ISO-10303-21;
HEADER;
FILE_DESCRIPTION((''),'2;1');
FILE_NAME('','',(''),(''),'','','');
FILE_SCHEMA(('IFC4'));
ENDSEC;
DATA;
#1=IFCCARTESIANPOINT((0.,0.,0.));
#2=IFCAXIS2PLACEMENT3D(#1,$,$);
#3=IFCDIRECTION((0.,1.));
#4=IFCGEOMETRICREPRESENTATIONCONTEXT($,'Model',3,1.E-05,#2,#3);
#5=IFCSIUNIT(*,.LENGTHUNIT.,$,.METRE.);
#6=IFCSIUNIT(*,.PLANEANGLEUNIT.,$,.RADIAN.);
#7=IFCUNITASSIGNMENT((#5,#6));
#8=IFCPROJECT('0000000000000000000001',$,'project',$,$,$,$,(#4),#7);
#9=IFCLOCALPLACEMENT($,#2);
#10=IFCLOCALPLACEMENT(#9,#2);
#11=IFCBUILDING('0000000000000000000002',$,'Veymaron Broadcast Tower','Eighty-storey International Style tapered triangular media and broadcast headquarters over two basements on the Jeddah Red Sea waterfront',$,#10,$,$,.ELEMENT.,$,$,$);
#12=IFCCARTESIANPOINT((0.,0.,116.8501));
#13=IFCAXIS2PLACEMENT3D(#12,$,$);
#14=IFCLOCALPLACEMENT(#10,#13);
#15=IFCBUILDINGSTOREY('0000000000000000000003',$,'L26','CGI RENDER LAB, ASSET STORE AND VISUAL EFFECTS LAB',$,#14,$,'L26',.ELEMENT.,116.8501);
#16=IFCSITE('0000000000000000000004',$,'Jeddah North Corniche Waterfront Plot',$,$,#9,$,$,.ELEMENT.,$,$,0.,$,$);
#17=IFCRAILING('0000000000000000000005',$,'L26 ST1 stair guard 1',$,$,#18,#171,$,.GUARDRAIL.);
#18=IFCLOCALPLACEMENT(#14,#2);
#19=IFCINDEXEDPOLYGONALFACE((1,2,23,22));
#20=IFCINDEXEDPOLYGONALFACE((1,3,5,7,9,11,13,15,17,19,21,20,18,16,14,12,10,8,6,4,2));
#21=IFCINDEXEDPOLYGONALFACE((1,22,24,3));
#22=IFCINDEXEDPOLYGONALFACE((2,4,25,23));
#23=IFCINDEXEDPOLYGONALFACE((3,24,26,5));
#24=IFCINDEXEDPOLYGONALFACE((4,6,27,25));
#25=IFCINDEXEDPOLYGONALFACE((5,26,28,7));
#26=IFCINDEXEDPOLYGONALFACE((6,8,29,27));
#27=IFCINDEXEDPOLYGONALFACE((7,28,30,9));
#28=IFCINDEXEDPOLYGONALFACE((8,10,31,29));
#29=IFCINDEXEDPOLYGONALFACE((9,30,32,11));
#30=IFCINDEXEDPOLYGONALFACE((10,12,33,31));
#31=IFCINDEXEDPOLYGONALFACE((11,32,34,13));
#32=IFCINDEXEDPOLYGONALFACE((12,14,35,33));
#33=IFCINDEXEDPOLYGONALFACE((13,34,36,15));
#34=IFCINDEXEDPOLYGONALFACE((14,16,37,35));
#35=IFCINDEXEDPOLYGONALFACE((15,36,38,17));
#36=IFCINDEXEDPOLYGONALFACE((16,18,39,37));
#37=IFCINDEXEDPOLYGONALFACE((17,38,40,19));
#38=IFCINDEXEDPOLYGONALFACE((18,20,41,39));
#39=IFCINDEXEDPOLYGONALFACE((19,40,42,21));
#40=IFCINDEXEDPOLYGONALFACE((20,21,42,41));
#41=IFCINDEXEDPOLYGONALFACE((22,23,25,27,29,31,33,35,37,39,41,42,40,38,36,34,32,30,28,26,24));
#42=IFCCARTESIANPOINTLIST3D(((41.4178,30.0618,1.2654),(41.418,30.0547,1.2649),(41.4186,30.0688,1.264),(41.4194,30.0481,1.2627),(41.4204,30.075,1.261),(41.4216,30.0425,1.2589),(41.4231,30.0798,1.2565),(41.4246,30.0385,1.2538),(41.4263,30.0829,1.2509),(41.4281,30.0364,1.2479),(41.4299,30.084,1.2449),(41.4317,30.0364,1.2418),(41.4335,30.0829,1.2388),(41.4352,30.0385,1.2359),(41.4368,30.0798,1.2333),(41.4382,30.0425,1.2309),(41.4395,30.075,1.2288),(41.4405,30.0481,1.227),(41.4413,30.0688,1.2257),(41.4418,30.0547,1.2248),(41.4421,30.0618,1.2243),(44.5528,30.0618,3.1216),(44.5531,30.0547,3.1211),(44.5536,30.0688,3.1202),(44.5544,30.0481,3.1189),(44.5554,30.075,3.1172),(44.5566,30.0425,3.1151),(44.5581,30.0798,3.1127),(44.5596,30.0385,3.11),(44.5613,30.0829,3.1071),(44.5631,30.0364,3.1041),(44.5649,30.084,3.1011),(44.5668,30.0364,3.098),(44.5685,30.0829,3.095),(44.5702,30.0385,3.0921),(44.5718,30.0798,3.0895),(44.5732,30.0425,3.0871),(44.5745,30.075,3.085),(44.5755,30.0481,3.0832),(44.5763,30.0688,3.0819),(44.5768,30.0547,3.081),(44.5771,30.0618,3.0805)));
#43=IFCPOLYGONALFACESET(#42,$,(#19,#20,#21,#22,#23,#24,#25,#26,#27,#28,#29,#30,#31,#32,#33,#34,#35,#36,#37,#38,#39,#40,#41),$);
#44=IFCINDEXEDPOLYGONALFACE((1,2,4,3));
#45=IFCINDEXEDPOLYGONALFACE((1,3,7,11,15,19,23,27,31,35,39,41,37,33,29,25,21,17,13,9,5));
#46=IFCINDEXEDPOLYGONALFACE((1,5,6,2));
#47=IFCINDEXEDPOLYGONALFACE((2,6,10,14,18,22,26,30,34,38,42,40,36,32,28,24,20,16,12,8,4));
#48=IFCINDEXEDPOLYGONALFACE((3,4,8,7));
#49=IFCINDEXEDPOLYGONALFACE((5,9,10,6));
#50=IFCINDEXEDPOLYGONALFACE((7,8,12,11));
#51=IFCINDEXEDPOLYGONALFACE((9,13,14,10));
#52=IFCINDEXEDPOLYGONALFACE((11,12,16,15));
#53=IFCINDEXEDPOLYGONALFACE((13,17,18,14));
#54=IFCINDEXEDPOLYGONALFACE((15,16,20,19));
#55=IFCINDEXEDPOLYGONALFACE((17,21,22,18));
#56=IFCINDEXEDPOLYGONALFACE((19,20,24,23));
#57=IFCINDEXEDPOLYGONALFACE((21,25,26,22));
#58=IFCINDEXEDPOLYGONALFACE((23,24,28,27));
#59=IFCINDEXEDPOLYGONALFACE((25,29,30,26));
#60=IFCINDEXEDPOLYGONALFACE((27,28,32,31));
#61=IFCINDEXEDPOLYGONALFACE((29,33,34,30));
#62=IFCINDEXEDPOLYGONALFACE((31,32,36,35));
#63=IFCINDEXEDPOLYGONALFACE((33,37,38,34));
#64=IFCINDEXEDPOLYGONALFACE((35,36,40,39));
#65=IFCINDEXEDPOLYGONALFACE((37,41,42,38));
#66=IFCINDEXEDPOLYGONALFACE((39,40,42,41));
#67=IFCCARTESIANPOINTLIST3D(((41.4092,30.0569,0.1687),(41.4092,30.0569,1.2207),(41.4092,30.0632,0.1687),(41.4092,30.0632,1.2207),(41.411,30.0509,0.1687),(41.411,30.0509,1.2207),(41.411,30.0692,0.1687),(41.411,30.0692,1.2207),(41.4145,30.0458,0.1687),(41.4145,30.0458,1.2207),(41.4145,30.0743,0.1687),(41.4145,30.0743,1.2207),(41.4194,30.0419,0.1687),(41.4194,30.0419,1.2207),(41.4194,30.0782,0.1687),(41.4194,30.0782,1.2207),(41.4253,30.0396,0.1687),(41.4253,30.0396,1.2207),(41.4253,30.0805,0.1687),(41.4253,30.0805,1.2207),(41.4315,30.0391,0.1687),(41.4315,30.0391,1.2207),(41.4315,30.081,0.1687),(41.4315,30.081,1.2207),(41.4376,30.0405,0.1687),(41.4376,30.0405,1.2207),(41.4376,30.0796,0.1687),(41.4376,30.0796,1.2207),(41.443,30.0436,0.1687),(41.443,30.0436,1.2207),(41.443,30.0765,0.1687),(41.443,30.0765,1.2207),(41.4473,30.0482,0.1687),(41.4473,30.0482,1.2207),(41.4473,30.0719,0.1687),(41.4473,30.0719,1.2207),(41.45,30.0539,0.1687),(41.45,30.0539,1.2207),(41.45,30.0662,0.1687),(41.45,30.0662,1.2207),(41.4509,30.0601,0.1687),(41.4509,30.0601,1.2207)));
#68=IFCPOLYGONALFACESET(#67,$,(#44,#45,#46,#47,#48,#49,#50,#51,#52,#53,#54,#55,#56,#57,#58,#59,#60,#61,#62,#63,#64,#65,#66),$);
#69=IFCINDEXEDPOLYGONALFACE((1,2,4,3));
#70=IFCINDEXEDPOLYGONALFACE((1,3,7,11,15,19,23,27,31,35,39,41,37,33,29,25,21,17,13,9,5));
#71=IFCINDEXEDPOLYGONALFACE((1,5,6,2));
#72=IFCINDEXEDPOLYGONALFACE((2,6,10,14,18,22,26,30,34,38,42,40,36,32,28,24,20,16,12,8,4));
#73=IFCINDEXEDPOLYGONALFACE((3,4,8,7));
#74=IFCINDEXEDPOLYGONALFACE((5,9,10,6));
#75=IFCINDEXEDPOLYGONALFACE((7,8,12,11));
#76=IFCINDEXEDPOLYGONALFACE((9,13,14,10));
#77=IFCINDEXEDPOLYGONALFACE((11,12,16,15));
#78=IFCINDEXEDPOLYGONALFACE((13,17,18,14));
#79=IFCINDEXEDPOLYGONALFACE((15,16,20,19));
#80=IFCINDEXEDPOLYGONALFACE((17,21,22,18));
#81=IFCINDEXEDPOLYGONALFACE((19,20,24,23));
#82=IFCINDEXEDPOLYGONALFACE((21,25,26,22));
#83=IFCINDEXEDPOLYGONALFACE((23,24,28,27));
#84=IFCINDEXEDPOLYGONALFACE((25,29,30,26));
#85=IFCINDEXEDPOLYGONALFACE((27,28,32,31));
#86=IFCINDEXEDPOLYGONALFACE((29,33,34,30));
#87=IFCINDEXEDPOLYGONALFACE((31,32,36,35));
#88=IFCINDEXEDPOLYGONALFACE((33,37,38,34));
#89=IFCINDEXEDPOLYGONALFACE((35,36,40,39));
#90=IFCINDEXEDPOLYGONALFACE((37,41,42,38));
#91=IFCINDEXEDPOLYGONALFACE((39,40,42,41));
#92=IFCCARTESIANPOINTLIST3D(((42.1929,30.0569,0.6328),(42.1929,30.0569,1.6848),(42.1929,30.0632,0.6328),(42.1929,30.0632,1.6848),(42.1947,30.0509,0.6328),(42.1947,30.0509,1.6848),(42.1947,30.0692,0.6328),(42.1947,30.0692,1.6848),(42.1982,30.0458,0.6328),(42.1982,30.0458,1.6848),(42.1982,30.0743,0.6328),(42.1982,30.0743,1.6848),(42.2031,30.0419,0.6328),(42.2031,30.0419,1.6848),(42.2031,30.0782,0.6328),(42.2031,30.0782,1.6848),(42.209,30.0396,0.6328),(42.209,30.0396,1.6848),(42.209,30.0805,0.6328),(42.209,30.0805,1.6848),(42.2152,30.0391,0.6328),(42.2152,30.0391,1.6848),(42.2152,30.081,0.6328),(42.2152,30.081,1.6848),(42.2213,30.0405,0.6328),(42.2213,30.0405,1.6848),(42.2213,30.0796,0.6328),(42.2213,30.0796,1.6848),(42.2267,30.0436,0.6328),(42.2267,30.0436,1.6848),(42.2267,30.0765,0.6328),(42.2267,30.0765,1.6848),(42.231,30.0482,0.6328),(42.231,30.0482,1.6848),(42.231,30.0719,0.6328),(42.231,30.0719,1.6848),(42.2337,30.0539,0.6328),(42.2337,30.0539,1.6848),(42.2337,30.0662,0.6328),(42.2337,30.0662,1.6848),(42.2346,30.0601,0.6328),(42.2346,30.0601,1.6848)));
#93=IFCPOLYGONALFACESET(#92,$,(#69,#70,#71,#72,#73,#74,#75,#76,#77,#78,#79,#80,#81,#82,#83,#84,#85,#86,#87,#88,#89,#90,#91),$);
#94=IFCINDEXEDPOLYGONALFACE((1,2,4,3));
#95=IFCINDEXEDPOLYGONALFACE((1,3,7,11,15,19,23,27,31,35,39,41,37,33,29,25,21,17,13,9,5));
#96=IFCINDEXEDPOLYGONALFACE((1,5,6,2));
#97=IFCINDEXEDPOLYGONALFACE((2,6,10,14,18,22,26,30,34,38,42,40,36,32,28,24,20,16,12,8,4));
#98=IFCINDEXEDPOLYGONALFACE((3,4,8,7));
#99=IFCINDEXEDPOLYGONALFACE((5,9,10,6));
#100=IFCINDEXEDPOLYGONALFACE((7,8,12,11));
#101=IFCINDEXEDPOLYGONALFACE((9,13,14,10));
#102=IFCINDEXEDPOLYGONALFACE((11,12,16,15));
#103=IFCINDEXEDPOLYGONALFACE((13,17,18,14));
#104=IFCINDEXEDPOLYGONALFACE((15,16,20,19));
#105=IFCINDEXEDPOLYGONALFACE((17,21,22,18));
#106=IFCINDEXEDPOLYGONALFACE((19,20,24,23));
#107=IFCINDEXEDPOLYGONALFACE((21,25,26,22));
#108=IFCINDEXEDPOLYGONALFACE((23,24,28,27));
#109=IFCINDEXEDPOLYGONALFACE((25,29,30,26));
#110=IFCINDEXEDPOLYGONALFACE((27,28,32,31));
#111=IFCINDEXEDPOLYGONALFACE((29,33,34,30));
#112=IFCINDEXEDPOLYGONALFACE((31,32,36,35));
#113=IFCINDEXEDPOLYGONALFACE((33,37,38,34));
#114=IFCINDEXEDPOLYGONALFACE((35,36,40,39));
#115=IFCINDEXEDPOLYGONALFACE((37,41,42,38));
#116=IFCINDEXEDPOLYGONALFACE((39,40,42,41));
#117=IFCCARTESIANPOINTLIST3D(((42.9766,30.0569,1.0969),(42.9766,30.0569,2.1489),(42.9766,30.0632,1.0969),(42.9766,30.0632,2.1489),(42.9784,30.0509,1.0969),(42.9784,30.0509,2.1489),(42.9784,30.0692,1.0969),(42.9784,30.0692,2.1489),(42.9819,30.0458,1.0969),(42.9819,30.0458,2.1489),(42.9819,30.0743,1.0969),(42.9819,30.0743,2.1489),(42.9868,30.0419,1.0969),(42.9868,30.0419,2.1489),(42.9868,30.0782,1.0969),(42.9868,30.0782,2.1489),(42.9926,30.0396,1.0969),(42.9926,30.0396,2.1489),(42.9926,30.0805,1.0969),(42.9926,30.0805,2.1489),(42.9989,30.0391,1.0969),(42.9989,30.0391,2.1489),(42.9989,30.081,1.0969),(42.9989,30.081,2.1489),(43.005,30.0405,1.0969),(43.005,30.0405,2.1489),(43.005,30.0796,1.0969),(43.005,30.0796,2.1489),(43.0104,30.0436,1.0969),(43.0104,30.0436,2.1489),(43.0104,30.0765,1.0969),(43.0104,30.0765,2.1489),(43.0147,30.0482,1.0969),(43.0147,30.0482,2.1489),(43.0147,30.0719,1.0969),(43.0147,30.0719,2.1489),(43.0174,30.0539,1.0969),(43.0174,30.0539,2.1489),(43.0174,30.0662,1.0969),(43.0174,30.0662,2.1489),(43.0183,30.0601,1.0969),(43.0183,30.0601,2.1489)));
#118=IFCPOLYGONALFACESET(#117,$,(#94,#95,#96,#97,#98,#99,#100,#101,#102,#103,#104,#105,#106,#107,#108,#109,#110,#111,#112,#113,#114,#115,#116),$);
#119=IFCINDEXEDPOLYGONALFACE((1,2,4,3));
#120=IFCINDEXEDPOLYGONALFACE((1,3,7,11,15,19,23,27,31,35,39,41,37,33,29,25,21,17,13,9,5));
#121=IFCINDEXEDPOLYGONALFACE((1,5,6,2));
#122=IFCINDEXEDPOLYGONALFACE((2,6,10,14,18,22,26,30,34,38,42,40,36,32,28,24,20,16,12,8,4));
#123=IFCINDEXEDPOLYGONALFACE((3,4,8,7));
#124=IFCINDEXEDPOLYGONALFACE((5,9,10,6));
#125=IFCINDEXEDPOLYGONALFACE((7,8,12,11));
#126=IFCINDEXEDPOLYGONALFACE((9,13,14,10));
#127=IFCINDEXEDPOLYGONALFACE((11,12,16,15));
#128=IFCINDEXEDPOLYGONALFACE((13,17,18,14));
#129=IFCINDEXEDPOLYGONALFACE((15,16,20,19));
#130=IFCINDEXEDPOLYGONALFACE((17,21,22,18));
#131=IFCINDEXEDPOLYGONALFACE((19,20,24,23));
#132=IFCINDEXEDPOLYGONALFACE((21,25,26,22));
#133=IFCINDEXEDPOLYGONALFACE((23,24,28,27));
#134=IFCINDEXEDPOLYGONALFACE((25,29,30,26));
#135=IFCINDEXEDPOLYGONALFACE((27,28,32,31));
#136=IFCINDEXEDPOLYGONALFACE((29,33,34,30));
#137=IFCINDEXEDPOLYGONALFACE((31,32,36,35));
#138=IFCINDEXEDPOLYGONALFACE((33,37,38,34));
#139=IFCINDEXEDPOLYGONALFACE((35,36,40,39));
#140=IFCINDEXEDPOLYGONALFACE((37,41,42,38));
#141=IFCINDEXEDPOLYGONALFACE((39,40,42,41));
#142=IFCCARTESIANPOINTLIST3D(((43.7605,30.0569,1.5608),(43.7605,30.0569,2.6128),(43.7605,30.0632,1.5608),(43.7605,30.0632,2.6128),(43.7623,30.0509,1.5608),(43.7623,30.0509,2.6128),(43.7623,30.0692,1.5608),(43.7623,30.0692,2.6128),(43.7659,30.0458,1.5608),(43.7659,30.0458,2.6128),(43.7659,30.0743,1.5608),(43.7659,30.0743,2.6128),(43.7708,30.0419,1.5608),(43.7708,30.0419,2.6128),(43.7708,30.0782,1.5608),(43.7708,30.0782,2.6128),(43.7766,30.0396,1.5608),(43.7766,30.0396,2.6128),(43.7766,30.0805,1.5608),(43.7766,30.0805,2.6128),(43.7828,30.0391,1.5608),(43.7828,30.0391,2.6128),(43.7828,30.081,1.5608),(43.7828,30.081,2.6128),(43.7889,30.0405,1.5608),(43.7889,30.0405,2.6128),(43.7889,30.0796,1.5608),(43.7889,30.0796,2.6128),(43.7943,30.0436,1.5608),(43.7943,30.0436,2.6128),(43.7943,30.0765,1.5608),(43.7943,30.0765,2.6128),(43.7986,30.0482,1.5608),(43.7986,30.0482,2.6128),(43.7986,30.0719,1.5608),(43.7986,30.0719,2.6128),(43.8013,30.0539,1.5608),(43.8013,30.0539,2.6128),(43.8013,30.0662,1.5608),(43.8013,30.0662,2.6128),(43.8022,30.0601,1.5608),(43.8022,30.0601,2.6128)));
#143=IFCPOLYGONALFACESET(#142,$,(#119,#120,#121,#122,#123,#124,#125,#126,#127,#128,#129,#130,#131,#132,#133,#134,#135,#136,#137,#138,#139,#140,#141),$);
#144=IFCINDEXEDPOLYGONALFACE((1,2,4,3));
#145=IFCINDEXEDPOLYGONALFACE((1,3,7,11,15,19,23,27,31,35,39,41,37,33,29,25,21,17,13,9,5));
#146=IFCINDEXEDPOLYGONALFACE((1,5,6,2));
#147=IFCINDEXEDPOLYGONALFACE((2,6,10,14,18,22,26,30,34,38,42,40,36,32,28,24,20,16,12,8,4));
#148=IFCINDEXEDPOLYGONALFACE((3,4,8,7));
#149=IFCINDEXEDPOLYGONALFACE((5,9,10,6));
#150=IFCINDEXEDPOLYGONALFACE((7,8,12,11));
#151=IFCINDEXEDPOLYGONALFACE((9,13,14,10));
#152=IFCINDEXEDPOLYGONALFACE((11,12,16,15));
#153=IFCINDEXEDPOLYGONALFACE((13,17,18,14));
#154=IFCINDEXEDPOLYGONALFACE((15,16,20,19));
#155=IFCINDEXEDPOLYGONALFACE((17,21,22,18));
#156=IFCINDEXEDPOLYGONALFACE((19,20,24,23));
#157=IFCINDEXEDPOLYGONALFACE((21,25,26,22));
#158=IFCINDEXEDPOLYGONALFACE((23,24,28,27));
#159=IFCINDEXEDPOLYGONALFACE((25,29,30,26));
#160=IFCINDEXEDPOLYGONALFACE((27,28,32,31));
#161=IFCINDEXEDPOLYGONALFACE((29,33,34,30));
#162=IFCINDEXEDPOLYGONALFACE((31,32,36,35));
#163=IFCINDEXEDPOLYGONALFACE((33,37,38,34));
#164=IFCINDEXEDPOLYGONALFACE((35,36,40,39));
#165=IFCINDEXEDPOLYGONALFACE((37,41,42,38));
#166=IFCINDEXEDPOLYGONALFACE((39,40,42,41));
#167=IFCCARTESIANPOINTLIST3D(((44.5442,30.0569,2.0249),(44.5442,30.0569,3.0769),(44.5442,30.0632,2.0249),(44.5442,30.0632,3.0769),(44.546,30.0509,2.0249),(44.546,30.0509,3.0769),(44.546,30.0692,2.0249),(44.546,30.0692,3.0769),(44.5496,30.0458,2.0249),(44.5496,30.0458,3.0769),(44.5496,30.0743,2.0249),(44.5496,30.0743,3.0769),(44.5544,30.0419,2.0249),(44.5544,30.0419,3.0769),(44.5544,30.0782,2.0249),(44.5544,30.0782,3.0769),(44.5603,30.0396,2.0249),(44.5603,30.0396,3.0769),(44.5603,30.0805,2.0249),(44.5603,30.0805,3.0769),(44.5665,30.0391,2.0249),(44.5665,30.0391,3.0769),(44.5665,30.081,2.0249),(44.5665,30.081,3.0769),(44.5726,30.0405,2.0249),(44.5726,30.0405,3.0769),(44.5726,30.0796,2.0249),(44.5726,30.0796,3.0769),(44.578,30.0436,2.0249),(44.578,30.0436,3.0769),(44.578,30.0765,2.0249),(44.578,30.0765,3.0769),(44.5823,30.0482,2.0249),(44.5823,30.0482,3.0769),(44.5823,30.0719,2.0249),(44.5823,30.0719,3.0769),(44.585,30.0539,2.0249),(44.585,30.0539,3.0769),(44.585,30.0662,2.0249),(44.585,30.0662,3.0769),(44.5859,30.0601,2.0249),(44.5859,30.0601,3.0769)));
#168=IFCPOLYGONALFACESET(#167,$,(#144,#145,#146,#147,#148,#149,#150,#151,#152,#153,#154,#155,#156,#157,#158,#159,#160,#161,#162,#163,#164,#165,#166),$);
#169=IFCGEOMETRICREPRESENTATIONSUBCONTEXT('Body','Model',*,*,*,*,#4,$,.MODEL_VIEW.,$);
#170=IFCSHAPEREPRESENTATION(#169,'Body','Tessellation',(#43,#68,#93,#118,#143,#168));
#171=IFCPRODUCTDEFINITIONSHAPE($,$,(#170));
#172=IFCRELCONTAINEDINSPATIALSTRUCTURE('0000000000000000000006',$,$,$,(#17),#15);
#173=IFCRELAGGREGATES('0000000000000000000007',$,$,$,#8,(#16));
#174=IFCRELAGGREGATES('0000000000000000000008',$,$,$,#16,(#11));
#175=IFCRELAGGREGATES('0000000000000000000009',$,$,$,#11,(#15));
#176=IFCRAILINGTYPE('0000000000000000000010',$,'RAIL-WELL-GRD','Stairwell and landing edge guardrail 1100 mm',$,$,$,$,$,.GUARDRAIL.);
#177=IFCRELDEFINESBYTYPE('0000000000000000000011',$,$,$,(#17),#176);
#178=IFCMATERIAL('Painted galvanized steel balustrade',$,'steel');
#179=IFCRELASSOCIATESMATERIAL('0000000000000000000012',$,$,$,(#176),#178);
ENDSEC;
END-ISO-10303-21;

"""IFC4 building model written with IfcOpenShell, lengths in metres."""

from ifc_helpers import new_model, si_unit, direction, frame, origin, origin_2d, place, context, subcontext, project, spatial, circle, extrude, material, type_object, element, save


model = new_model("IFC4")

# Units and contexts
model_context = context("Model", 3, precision=1e-05, world=origin(), true_north=direction((0.0, 1.0)))
body_context = subcontext(model_context, "Body", "Model", "MODEL_VIEW")
ifc_project = project(units=[si_unit("LENGTHUNIT", "METRE"), si_unit("PLANEANGLEUNIT", "RADIAN")], contexts=[model_context])

# Site, building, storey
site_placement = place(None, origin())
site = spatial("IfcSite", under=ifc_project, at=site_placement, Name="Jeddah North Corniche Waterfront Plot", CompositionType="ELEMENT", RefElevation=0.0)
building_placement = place(site_placement, origin())
building = spatial("IfcBuilding", under=site, at=building_placement, Name="Veymaron Broadcast Tower", Description="Eighty-storey International Style tapered triangular media and broadcast headquarters over two basements on the Jeddah Red Sea waterfront", CompositionType="ELEMENT")
storey_placement = place(building_placement, frame((0.0, 0.0, 116.8501)))
storey = spatial("IfcBuildingStorey", under=building, at=storey_placement, Name="L26", Description="CGI RENDER LAB, ASSET STORE AND VISUAL EFFECTS LAB", LongName="L26", CompositionType="ELEMENT", Elevation=116.8501)

# Railing
ifc_material_1 = material(Name="Painted galvanized steel balustrade", Category="steel")
railing_type_1 = type_object("IfcRailingType", Name="RAIL-WELL-GRD", Description="Stairwell and landing edge guardrail 1100 mm", PredefinedType="GUARDRAIL", material=ifc_material_1)
railing_1_placement = place(storey_placement, frame((41.4299, 30.0601, 0.1687)))
element("IfcRailing", 1, at=railing_1_placement, inside=storey, type_object=railing_type_1, Name="L26 ST1 stair guard 1", PredefinedType="GUARDRAIL", context=body_context, shape_type="SweptSolid", body=[
    extrude(circle(Radius=0.0239, at=origin_2d()), frame((0.0, 0.0, 1.0762), z_axis=(0.860482, 0.0, 0.509481), x_axis=(0.0, 1.0, 0.0)), (0.0, 0.0, 1.0), 3.6433),
    extrude(circle(Radius=0.021, at=origin_2d()), origin(), (0.0, 0.0, 1.0), 1.052),
    extrude(circle(Radius=0.021, at=origin_2d()), frame((0.7837, 0.0, 0.4641)), (0.0, 0.0, 1.0), 1.052),
    extrude(circle(Radius=0.021, at=origin_2d()), frame((1.5674, 0.0, 0.9282)), (0.0, 0.0, 1.0), 1.052),
    extrude(circle(Radius=0.021, at=origin_2d()), frame((2.3513, 0.0, 1.3921)), (0.0, 0.0, 1.0), 1.052),
    extrude(circle(Radius=0.021, at=origin_2d()), frame((3.135, 0.0, 1.8562)), (0.0, 0.0, 1.0), 1.052),
])

save(model, "model.ifc")
